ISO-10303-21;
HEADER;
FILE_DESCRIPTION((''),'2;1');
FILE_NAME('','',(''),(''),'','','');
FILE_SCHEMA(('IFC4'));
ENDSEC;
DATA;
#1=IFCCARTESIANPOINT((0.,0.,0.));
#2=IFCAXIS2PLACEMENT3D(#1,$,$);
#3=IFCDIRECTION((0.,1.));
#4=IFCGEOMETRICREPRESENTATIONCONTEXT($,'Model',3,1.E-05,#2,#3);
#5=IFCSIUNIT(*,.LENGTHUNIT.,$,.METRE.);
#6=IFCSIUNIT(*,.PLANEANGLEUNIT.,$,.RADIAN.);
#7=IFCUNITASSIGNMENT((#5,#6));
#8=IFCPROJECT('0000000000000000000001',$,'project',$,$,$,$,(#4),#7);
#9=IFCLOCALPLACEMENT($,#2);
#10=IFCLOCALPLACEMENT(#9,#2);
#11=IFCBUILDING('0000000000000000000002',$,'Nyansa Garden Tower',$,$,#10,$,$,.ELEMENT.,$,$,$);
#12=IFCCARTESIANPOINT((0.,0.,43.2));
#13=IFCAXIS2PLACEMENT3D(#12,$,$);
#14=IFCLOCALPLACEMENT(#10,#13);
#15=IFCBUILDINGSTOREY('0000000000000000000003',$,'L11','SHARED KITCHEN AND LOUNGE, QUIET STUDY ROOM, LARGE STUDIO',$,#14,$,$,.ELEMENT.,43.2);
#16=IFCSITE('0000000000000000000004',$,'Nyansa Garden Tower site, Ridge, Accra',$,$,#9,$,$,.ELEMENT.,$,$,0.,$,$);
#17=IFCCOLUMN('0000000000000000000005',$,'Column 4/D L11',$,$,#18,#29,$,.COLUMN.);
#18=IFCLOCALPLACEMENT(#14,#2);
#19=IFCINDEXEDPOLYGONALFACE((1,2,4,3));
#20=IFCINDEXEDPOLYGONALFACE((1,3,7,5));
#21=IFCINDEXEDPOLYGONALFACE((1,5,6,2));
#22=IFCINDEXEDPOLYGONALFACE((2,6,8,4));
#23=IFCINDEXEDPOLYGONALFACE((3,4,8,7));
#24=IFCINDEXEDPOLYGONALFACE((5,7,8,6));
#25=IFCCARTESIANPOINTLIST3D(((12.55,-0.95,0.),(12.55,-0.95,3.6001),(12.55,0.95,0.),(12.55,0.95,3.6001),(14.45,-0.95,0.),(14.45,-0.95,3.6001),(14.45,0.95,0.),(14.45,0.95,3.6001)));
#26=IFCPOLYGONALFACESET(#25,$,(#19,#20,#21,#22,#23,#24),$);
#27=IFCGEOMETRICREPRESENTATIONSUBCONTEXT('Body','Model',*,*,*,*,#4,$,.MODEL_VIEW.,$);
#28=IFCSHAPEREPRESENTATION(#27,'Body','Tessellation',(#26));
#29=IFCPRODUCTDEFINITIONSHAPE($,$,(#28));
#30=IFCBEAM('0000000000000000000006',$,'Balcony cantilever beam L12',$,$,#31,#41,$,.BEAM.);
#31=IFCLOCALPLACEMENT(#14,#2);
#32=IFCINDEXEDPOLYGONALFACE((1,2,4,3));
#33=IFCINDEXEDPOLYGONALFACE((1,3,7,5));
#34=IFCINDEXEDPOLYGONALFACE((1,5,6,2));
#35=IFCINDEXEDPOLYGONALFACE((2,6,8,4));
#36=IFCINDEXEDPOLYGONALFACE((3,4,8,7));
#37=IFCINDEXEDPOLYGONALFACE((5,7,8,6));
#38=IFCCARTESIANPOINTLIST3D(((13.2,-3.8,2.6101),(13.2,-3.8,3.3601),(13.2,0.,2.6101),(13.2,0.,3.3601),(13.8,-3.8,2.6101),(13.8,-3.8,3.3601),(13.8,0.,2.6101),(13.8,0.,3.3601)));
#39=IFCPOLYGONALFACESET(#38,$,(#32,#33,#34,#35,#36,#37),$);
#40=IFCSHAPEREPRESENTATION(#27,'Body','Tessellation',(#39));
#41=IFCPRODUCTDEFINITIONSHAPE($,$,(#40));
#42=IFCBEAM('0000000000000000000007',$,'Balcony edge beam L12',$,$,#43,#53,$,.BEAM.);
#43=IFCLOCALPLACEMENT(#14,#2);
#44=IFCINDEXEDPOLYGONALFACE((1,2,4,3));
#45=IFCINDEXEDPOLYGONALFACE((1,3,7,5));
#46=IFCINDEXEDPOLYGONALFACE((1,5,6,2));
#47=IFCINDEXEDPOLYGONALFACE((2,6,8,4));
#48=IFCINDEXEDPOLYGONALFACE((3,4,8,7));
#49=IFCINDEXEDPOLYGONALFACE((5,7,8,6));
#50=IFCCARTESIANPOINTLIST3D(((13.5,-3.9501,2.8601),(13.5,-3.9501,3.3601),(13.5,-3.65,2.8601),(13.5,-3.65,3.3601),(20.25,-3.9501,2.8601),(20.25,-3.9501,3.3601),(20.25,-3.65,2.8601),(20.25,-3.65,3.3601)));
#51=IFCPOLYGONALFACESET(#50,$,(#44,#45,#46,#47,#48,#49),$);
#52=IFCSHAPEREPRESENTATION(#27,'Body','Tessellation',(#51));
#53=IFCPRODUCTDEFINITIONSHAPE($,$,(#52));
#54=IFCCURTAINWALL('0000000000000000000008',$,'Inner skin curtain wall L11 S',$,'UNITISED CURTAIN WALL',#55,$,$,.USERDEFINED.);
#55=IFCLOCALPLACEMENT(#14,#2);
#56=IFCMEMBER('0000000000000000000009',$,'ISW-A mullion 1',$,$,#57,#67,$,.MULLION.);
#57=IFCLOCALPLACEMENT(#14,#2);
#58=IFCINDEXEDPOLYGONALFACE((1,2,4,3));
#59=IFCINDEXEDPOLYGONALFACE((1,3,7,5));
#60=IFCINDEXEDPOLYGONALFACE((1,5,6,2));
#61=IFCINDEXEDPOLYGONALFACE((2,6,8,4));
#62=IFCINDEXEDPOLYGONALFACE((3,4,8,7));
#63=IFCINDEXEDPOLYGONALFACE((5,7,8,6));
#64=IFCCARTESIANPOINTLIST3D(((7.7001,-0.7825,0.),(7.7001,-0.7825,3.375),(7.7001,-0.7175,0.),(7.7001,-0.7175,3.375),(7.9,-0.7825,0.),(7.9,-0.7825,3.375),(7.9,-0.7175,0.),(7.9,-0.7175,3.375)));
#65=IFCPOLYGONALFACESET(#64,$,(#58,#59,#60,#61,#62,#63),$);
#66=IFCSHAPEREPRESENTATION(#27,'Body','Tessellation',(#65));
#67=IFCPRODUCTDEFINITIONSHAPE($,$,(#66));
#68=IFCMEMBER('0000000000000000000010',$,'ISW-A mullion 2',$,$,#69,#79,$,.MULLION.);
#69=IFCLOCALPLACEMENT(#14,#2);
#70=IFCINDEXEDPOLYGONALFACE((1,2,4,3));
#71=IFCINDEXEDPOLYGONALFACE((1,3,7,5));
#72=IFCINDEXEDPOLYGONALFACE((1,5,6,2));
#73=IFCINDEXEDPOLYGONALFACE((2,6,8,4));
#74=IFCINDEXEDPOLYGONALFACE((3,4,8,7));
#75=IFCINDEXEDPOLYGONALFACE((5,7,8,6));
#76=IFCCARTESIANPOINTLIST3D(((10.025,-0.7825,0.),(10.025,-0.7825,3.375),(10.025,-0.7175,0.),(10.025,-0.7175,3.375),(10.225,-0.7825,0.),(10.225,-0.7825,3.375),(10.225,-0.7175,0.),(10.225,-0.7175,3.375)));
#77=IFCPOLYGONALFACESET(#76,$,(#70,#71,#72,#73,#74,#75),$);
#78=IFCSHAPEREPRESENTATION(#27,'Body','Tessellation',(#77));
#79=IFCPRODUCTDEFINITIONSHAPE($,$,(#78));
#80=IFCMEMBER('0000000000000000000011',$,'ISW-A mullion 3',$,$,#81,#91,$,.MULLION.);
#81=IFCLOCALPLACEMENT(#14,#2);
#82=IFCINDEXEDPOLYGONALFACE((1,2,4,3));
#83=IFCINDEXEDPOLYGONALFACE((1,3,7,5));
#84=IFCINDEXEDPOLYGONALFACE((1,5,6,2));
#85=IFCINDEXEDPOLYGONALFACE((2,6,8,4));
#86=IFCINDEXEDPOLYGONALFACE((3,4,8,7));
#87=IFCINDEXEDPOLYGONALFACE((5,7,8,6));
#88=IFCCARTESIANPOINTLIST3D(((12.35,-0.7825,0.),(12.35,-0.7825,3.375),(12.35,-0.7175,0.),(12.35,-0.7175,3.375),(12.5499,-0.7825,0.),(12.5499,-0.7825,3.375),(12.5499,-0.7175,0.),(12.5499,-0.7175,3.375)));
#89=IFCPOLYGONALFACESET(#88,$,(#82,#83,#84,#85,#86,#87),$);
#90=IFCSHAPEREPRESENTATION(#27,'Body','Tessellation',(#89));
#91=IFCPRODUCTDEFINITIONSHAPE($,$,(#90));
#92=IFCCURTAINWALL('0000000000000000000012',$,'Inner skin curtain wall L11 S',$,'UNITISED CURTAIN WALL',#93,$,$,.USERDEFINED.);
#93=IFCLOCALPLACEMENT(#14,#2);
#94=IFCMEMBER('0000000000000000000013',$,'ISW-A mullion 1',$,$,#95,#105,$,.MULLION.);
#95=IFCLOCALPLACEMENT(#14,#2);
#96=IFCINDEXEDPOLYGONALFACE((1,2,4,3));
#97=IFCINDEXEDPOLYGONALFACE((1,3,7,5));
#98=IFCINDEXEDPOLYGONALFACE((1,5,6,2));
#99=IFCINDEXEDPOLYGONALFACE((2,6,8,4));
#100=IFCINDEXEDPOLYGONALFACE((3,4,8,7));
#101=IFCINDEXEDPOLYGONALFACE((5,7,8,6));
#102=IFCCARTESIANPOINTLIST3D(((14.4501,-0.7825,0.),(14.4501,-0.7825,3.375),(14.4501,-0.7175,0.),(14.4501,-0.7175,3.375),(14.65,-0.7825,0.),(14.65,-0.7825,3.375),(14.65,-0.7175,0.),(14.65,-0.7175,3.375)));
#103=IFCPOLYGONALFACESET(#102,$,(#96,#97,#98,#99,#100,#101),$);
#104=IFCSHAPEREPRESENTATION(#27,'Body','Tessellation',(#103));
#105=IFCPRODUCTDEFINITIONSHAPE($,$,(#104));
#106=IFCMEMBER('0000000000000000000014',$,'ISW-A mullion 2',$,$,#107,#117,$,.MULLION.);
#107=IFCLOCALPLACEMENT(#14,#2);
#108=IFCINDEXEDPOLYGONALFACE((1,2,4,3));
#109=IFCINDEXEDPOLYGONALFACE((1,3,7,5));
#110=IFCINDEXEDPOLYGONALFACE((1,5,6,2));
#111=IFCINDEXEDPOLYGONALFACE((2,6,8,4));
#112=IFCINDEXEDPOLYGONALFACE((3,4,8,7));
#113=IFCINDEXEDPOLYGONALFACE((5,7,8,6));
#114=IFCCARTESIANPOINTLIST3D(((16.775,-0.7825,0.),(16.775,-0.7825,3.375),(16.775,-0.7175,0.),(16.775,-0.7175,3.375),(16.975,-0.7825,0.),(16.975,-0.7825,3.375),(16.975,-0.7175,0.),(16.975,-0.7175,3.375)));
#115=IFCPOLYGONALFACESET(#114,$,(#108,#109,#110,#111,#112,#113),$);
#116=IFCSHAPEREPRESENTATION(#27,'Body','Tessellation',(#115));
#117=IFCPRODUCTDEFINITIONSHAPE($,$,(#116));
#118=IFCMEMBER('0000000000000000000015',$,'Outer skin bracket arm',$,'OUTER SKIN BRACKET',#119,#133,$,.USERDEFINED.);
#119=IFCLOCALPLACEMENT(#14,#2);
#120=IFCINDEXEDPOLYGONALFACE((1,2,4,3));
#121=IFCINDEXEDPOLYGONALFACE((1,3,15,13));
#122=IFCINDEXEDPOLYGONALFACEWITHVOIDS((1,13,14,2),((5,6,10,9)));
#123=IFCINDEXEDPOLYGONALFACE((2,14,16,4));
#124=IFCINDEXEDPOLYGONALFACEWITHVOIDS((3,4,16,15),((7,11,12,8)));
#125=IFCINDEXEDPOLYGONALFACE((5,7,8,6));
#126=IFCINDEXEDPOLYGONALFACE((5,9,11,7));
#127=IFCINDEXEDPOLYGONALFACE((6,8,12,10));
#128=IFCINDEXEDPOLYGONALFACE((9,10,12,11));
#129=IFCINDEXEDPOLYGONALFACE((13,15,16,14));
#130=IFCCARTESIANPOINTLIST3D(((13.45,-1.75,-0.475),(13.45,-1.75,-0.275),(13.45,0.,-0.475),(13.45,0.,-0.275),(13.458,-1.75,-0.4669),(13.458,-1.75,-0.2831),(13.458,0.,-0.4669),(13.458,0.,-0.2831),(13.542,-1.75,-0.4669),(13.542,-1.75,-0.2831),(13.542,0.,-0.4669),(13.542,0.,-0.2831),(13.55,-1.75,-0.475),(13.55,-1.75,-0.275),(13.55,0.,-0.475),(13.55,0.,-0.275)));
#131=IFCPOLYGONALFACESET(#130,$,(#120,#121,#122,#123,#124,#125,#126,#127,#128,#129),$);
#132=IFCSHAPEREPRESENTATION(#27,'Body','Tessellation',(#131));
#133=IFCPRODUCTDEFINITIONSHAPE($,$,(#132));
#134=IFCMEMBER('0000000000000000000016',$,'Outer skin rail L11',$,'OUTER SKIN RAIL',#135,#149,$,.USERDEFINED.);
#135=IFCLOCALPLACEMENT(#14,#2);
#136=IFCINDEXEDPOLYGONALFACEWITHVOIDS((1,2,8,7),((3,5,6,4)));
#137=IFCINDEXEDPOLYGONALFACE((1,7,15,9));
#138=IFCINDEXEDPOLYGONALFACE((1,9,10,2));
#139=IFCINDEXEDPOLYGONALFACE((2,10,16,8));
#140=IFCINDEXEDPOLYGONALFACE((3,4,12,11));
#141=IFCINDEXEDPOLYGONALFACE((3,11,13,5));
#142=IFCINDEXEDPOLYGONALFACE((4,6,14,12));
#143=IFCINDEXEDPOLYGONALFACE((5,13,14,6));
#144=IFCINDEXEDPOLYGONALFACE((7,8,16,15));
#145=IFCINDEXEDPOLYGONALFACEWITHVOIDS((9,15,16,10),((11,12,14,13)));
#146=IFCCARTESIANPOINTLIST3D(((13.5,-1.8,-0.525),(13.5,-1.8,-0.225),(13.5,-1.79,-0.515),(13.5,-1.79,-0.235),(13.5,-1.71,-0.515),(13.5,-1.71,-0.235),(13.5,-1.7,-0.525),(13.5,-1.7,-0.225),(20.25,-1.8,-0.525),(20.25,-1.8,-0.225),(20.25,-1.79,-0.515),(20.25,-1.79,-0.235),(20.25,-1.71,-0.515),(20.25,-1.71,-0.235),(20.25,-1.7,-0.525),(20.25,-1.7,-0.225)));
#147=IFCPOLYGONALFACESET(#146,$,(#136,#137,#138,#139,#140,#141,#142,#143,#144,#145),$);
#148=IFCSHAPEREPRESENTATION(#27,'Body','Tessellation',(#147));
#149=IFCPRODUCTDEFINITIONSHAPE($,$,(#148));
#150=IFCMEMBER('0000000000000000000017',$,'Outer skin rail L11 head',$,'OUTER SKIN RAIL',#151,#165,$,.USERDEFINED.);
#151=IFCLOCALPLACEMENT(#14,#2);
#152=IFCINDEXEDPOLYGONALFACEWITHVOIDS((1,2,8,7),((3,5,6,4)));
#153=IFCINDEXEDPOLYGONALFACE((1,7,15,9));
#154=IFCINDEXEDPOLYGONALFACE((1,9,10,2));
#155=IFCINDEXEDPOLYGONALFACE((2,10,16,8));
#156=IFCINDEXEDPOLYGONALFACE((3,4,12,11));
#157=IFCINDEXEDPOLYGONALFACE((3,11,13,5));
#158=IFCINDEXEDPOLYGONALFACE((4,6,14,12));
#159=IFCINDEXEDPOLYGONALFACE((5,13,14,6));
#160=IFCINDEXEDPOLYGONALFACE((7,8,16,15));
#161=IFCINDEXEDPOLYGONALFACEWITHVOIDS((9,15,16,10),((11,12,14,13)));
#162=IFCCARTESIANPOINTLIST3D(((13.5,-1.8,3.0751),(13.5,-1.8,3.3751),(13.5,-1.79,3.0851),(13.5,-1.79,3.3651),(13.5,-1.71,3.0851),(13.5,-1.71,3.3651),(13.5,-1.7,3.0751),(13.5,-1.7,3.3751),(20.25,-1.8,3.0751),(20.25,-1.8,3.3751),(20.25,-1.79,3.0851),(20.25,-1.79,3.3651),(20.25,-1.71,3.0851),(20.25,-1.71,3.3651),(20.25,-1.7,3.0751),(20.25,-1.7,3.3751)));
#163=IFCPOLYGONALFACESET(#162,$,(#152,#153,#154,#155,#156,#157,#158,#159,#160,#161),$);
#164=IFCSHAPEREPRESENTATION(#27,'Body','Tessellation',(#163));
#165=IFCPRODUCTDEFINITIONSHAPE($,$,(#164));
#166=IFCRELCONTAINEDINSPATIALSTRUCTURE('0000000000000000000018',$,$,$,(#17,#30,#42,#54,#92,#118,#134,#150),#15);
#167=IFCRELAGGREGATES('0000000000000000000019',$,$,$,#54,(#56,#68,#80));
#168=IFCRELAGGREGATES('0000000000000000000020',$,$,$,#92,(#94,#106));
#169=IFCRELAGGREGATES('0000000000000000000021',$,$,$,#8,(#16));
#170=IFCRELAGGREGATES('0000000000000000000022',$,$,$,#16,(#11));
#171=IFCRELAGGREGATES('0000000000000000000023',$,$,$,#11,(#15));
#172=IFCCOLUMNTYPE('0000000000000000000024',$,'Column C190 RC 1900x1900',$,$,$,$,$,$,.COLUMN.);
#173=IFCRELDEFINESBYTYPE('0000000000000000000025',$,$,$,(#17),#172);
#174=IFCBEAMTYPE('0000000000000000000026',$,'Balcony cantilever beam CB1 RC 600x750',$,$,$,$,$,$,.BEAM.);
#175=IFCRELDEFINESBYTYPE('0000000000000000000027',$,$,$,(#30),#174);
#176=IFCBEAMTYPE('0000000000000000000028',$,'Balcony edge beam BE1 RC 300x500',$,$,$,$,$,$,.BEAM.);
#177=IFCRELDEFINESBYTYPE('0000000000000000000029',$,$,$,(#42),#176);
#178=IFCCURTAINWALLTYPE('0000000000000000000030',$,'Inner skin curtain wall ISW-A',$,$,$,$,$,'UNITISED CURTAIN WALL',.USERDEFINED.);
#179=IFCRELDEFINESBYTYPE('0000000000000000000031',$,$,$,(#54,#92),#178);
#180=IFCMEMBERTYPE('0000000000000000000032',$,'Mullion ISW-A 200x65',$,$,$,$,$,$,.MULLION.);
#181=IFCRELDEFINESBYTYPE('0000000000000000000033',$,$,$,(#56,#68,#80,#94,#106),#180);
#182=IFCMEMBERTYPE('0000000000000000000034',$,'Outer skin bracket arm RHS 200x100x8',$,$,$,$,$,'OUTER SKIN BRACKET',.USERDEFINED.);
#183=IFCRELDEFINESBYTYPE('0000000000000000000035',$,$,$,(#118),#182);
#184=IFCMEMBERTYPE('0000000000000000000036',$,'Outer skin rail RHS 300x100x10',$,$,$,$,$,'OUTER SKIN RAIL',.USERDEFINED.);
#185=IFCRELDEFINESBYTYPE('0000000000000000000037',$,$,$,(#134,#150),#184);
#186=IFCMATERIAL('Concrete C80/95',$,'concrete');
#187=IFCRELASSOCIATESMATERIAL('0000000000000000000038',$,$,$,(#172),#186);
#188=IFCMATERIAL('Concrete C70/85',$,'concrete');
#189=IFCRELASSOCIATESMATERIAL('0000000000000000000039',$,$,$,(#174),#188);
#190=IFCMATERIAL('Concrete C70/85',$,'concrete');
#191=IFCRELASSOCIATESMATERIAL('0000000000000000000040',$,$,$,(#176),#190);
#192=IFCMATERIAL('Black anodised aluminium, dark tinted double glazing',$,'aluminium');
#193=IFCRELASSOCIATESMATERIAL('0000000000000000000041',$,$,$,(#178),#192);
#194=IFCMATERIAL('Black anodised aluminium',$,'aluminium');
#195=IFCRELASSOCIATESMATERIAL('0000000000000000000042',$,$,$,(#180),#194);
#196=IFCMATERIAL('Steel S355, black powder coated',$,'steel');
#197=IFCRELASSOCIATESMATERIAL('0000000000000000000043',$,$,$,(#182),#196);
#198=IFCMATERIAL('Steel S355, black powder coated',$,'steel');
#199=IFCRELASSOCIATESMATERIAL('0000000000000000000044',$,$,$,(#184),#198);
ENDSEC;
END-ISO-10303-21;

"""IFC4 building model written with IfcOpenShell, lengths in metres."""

from ifc_helpers import new_model, si_unit, direction, frame, origin, origin_2d, place, context, subcontext, project, spatial, rectangle, hollow_rectangle, extrude, material, material_profile, profile_set, type_object, element, aggregate, save


model = new_model("IFC4")

# Units and contexts
model_context = context("Model", 3, precision=1e-05, world=origin(), true_north=direction((0.0, 1.0)))
body_context = subcontext(model_context, "Body", "Model", "MODEL_VIEW")
ifc_project = project(units=[si_unit("LENGTHUNIT", "METRE"), si_unit("PLANEANGLEUNIT", "RADIAN")], contexts=[model_context])

# Site, building, storey
site_placement = place(None, origin())
site = spatial("IfcSite", under=ifc_project, at=site_placement, Name="Nyansa Garden Tower site, Ridge, Accra", CompositionType="ELEMENT", RefElevation=0.0)
building_placement = place(site_placement, origin())
building = spatial("IfcBuilding", under=site, at=building_placement, Name="Nyansa Garden Tower", CompositionType="ELEMENT")
storey_placement = place(building_placement, frame((0.0, 0.0, 43.2)))
storey = spatial("IfcBuildingStorey", under=building, at=storey_placement, Name="L11", Description="SHARED KITCHEN AND LOUNGE, QUIET STUDY ROOM, LARGE STUDIO", CompositionType="ELEMENT", Elevation=43.2)

# Column
ifc_material_1 = material(Name="Concrete C80/95", Category="concrete")
ifc_material_profile_1 = material_profile(ifc_material_1, rectangle(XDim=1.8999, YDim=1.8999, at=origin_2d()), Name="RC 1900x1900")
ifc_profile_set_1 = profile_set([ifc_material_profile_1], Name="Concrete C80/95")
column_type = type_object("IfcColumnType", Name="Column C190 RC 1900x1900", PredefinedType="COLUMN", material=ifc_profile_set_1)
column_placement = place(storey_placement, frame((13.5, 0.0, 0.0), z_axis=(0.0, 0.0, 1.0), x_axis=(1.0, 0.0, 0.0)))
element("IfcColumn", 1, at=column_placement, inside=storey, type_object=column_type, Name="Column 4/D L11", PredefinedType="COLUMN", context=body_context, shape_type="SweptSolid", body=[
    extrude(rectangle(XDim=1.8999, YDim=1.8999, at=origin_2d()), origin(), (0.0, 0.0, 1.0), 3.6001),
])

# Beams
ifc_material_2 = material(Name="Concrete C70/85", Category="concrete")
ifc_material_profile_2 = material_profile(ifc_material_2, rectangle(XDim=0.6001, YDim=0.75, at=origin_2d()), Name="RC 600x750")
ifc_profile_set_2 = profile_set([ifc_material_profile_2], Name="Concrete C70/85")
beam_type_1 = type_object("IfcBeamType", Name="Balcony cantilever beam CB1 RC 600x750", PredefinedType="BEAM", material=ifc_profile_set_2)
beam_1_placement = place(storey_placement, frame((13.5, 0.0, 2.9851), z_axis=(0.0, -1.0, 0.0), x_axis=(1.0, 0.0, 0.0)))
element("IfcBeam", 2, at=beam_1_placement, inside=storey, type_object=beam_type_1, Name="Balcony cantilever beam L12", PredefinedType="BEAM", context=body_context, shape_type="SweptSolid", body=[
    extrude(rectangle(XDim=0.6001, YDim=0.75, at=origin_2d()), origin(), (0.0, 0.0, 1.0), 3.8),
])
ifc_material_3 = material(Name="Concrete C70/85", Category="concrete")
ifc_material_profile_3 = material_profile(ifc_material_3, rectangle(XDim=0.3, YDim=0.5, at=origin_2d()), Name="RC 300x500")
ifc_profile_set_3 = profile_set([ifc_material_profile_3], Name="Concrete C70/85")
beam_type_2 = type_object("IfcBeamType", Name="Balcony edge beam BE1 RC 300x500", PredefinedType="BEAM", material=ifc_profile_set_3)
beam_2_placement = place(storey_placement, frame((13.5, -3.8, 3.1101), z_axis=(1.0, 0.0, 0.0), x_axis=(0.0, 1.0, 0.0)))
element("IfcBeam", 3, at=beam_2_placement, inside=storey, type_object=beam_type_2, Name="Balcony edge beam L12", PredefinedType="BEAM", context=body_context, shape_type="SweptSolid", body=[
    extrude(rectangle(XDim=0.3, YDim=0.5, at=origin_2d()), origin(), (0.0, 0.0, 1.0), 6.75),
])

# Curtain walls, members
ifc_material_4 = material(Name="Black anodised aluminium, dark tinted double glazing", Category="aluminium")
curtain_wall_type = type_object("IfcCurtainWallType", Name="Inner skin curtain wall ISW-A", ElementType="UNITISED CURTAIN WALL", PredefinedType="USERDEFINED", material=ifc_material_4)
curtain_wall_1_placement = place(storey_placement, origin())
curtain_wall_1 = element("IfcCurtainWall", 4, at=curtain_wall_1_placement, inside=storey, type_object=curtain_wall_type, Name="Inner skin curtain wall L11 S", ObjectType="UNITISED CURTAIN WALL", PredefinedType="USERDEFINED")
ifc_material_5 = material(Name="Black anodised aluminium", Category="aluminium")
ifc_material_profile_4 = material_profile(ifc_material_5, rectangle(XDim=0.0649, YDim=0.2, at=origin_2d()), Name="Mullion 200x65")
ifc_profile_set_4 = profile_set([ifc_material_profile_4], Name="Black anodised aluminium")
member_type_1 = type_object("IfcMemberType", Name="Mullion ISW-A 200x65", PredefinedType="MULLION", material=ifc_profile_set_4)
member_1_placement = place(storey_placement, frame((7.8, -0.75, 0.0), z_axis=(0.0, 0.0, 1.0), x_axis=(0.0, 1.0, 0.0)))
member_1 = element("IfcMember", 5, at=member_1_placement, type_object=member_type_1, Name="ISW-A mullion 1", PredefinedType="MULLION", context=body_context, shape_type="SweptSolid", body=[
    extrude(rectangle(XDim=0.0649, YDim=0.2, at=origin_2d()), origin(), (0.0, 0.0, 1.0), 3.375),
])
member_2_placement = place(storey_placement, frame((10.125, -0.75, 0.0), z_axis=(0.0, 0.0, 1.0), x_axis=(0.0, 1.0, 0.0)))
member_2 = element("IfcMember", 6, at=member_2_placement, type_object=member_type_1, Name="ISW-A mullion 2", PredefinedType="MULLION", context=body_context, shape_type="SweptSolid", body=[
    extrude(rectangle(XDim=0.0649, YDim=0.2, at=origin_2d()), origin(), (0.0, 0.0, 1.0), 3.375),
])
member_3_placement = place(storey_placement, frame((12.45, -0.75, 0.0), z_axis=(0.0, 0.0, 1.0), x_axis=(0.0, 1.0, 0.0)))
member_3 = element("IfcMember", 7, at=member_3_placement, type_object=member_type_1, Name="ISW-A mullion 3", PredefinedType="MULLION", context=body_context, shape_type="SweptSolid", body=[
    extrude(rectangle(XDim=0.0649, YDim=0.2, at=origin_2d()), origin(), (0.0, 0.0, 1.0), 3.375),
])
curtain_wall_2_placement = place(storey_placement, origin())
curtain_wall_2 = element("IfcCurtainWall", 8, at=curtain_wall_2_placement, inside=storey, type_object=curtain_wall_type, Name="Inner skin curtain wall L11 S", ObjectType="UNITISED CURTAIN WALL", PredefinedType="USERDEFINED")
member_4_placement = place(storey_placement, frame((14.55, -0.75, 0.0), z_axis=(0.0, 0.0, 1.0), x_axis=(0.0, 1.0, 0.0)))
member_4 = element("IfcMember", 9, at=member_4_placement, type_object=member_type_1, Name="ISW-A mullion 1", PredefinedType="MULLION", context=body_context, shape_type="SweptSolid", body=[
    extrude(rectangle(XDim=0.0649, YDim=0.2, at=origin_2d()), origin(), (0.0, 0.0, 1.0), 3.375),
])
member_5_placement = place(storey_placement, frame((16.875, -0.75, 0.0), z_axis=(0.0, 0.0, 1.0), x_axis=(0.0, 1.0, 0.0)))
member_5 = element("IfcMember", 10, at=member_5_placement, type_object=member_type_1, Name="ISW-A mullion 2", PredefinedType="MULLION", context=body_context, shape_type="SweptSolid", body=[
    extrude(rectangle(XDim=0.0649, YDim=0.2, at=origin_2d()), origin(), (0.0, 0.0, 1.0), 3.375),
])

# Members
ifc_material_6 = material(Name="Steel S355, black powder coated", Category="steel")
ifc_material_profile_5 = material_profile(ifc_material_6, hollow_rectangle(XDim=0.1001, YDim=0.2, WallThickness=0.0081, at=origin_2d()), Name="RHS 200x100x8")
ifc_profile_set_5 = profile_set([ifc_material_profile_5], Name="Steel S355, black powder coated")
member_type_2 = type_object("IfcMemberType", Name="Outer skin bracket arm RHS 200x100x8", ElementType="OUTER SKIN BRACKET", PredefinedType="USERDEFINED", material=ifc_profile_set_5)
member_6_placement = place(storey_placement, frame((13.5, 0.0, -0.375), z_axis=(0.0, -1.0, 0.0), x_axis=(1.0, 0.0, 0.0)))
element("IfcMember", 11, at=member_6_placement, inside=storey, type_object=member_type_2, Name="Outer skin bracket arm", ObjectType="OUTER SKIN BRACKET", PredefinedType="USERDEFINED", context=body_context, shape_type="SweptSolid", body=[
    extrude(hollow_rectangle(XDim=0.1001, YDim=0.2, WallThickness=0.0081, at=origin_2d()), origin(), (0.0, 0.0, 1.0), 1.75),
])
ifc_material_7 = material(Name="Steel S355, black powder coated", Category="steel")
ifc_material_profile_6 = material_profile(ifc_material_7, hollow_rectangle(XDim=0.1001, YDim=0.3, WallThickness=0.01, at=origin_2d()), Name="RHS 300x100x10")
ifc_profile_set_6 = profile_set([ifc_material_profile_6], Name="Steel S355, black powder coated")
member_type_3 = type_object("IfcMemberType", Name="Outer skin rail RHS 300x100x10", ElementType="OUTER SKIN RAIL", PredefinedType="USERDEFINED", material=ifc_profile_set_6)
for number, where, z_axis, x_axis, name in (
    (12, (13.5, -1.75, -0.375), (1.0, 0.0, 0.0), (0.0, 1.0, 0.0), "Outer skin rail L11"),
    (13, (13.5, -1.75, 3.2251), (1.0, 0.0, 0.0), (0.0, 1.0, 0.0), "Outer skin rail L11 head"),
):
    element("IfcMember", number, at=place(storey_placement, frame(where, z_axis=z_axis, x_axis=x_axis)), inside=storey, type_object=member_type_3, Name=name, ObjectType="OUTER SKIN RAIL", PredefinedType="USERDEFINED", context=body_context, shape_type="SweptSolid", body=[
        extrude(hollow_rectangle(XDim=0.1001, YDim=0.3, WallThickness=0.01, at=origin_2d()), origin(), (0.0, 0.0, 1.0), 6.75),
    ])

aggregate(curtain_wall_1, [member_1, member_2, member_3])
aggregate(curtain_wall_2, [member_4, member_5])

save(model, "model.ifc")
